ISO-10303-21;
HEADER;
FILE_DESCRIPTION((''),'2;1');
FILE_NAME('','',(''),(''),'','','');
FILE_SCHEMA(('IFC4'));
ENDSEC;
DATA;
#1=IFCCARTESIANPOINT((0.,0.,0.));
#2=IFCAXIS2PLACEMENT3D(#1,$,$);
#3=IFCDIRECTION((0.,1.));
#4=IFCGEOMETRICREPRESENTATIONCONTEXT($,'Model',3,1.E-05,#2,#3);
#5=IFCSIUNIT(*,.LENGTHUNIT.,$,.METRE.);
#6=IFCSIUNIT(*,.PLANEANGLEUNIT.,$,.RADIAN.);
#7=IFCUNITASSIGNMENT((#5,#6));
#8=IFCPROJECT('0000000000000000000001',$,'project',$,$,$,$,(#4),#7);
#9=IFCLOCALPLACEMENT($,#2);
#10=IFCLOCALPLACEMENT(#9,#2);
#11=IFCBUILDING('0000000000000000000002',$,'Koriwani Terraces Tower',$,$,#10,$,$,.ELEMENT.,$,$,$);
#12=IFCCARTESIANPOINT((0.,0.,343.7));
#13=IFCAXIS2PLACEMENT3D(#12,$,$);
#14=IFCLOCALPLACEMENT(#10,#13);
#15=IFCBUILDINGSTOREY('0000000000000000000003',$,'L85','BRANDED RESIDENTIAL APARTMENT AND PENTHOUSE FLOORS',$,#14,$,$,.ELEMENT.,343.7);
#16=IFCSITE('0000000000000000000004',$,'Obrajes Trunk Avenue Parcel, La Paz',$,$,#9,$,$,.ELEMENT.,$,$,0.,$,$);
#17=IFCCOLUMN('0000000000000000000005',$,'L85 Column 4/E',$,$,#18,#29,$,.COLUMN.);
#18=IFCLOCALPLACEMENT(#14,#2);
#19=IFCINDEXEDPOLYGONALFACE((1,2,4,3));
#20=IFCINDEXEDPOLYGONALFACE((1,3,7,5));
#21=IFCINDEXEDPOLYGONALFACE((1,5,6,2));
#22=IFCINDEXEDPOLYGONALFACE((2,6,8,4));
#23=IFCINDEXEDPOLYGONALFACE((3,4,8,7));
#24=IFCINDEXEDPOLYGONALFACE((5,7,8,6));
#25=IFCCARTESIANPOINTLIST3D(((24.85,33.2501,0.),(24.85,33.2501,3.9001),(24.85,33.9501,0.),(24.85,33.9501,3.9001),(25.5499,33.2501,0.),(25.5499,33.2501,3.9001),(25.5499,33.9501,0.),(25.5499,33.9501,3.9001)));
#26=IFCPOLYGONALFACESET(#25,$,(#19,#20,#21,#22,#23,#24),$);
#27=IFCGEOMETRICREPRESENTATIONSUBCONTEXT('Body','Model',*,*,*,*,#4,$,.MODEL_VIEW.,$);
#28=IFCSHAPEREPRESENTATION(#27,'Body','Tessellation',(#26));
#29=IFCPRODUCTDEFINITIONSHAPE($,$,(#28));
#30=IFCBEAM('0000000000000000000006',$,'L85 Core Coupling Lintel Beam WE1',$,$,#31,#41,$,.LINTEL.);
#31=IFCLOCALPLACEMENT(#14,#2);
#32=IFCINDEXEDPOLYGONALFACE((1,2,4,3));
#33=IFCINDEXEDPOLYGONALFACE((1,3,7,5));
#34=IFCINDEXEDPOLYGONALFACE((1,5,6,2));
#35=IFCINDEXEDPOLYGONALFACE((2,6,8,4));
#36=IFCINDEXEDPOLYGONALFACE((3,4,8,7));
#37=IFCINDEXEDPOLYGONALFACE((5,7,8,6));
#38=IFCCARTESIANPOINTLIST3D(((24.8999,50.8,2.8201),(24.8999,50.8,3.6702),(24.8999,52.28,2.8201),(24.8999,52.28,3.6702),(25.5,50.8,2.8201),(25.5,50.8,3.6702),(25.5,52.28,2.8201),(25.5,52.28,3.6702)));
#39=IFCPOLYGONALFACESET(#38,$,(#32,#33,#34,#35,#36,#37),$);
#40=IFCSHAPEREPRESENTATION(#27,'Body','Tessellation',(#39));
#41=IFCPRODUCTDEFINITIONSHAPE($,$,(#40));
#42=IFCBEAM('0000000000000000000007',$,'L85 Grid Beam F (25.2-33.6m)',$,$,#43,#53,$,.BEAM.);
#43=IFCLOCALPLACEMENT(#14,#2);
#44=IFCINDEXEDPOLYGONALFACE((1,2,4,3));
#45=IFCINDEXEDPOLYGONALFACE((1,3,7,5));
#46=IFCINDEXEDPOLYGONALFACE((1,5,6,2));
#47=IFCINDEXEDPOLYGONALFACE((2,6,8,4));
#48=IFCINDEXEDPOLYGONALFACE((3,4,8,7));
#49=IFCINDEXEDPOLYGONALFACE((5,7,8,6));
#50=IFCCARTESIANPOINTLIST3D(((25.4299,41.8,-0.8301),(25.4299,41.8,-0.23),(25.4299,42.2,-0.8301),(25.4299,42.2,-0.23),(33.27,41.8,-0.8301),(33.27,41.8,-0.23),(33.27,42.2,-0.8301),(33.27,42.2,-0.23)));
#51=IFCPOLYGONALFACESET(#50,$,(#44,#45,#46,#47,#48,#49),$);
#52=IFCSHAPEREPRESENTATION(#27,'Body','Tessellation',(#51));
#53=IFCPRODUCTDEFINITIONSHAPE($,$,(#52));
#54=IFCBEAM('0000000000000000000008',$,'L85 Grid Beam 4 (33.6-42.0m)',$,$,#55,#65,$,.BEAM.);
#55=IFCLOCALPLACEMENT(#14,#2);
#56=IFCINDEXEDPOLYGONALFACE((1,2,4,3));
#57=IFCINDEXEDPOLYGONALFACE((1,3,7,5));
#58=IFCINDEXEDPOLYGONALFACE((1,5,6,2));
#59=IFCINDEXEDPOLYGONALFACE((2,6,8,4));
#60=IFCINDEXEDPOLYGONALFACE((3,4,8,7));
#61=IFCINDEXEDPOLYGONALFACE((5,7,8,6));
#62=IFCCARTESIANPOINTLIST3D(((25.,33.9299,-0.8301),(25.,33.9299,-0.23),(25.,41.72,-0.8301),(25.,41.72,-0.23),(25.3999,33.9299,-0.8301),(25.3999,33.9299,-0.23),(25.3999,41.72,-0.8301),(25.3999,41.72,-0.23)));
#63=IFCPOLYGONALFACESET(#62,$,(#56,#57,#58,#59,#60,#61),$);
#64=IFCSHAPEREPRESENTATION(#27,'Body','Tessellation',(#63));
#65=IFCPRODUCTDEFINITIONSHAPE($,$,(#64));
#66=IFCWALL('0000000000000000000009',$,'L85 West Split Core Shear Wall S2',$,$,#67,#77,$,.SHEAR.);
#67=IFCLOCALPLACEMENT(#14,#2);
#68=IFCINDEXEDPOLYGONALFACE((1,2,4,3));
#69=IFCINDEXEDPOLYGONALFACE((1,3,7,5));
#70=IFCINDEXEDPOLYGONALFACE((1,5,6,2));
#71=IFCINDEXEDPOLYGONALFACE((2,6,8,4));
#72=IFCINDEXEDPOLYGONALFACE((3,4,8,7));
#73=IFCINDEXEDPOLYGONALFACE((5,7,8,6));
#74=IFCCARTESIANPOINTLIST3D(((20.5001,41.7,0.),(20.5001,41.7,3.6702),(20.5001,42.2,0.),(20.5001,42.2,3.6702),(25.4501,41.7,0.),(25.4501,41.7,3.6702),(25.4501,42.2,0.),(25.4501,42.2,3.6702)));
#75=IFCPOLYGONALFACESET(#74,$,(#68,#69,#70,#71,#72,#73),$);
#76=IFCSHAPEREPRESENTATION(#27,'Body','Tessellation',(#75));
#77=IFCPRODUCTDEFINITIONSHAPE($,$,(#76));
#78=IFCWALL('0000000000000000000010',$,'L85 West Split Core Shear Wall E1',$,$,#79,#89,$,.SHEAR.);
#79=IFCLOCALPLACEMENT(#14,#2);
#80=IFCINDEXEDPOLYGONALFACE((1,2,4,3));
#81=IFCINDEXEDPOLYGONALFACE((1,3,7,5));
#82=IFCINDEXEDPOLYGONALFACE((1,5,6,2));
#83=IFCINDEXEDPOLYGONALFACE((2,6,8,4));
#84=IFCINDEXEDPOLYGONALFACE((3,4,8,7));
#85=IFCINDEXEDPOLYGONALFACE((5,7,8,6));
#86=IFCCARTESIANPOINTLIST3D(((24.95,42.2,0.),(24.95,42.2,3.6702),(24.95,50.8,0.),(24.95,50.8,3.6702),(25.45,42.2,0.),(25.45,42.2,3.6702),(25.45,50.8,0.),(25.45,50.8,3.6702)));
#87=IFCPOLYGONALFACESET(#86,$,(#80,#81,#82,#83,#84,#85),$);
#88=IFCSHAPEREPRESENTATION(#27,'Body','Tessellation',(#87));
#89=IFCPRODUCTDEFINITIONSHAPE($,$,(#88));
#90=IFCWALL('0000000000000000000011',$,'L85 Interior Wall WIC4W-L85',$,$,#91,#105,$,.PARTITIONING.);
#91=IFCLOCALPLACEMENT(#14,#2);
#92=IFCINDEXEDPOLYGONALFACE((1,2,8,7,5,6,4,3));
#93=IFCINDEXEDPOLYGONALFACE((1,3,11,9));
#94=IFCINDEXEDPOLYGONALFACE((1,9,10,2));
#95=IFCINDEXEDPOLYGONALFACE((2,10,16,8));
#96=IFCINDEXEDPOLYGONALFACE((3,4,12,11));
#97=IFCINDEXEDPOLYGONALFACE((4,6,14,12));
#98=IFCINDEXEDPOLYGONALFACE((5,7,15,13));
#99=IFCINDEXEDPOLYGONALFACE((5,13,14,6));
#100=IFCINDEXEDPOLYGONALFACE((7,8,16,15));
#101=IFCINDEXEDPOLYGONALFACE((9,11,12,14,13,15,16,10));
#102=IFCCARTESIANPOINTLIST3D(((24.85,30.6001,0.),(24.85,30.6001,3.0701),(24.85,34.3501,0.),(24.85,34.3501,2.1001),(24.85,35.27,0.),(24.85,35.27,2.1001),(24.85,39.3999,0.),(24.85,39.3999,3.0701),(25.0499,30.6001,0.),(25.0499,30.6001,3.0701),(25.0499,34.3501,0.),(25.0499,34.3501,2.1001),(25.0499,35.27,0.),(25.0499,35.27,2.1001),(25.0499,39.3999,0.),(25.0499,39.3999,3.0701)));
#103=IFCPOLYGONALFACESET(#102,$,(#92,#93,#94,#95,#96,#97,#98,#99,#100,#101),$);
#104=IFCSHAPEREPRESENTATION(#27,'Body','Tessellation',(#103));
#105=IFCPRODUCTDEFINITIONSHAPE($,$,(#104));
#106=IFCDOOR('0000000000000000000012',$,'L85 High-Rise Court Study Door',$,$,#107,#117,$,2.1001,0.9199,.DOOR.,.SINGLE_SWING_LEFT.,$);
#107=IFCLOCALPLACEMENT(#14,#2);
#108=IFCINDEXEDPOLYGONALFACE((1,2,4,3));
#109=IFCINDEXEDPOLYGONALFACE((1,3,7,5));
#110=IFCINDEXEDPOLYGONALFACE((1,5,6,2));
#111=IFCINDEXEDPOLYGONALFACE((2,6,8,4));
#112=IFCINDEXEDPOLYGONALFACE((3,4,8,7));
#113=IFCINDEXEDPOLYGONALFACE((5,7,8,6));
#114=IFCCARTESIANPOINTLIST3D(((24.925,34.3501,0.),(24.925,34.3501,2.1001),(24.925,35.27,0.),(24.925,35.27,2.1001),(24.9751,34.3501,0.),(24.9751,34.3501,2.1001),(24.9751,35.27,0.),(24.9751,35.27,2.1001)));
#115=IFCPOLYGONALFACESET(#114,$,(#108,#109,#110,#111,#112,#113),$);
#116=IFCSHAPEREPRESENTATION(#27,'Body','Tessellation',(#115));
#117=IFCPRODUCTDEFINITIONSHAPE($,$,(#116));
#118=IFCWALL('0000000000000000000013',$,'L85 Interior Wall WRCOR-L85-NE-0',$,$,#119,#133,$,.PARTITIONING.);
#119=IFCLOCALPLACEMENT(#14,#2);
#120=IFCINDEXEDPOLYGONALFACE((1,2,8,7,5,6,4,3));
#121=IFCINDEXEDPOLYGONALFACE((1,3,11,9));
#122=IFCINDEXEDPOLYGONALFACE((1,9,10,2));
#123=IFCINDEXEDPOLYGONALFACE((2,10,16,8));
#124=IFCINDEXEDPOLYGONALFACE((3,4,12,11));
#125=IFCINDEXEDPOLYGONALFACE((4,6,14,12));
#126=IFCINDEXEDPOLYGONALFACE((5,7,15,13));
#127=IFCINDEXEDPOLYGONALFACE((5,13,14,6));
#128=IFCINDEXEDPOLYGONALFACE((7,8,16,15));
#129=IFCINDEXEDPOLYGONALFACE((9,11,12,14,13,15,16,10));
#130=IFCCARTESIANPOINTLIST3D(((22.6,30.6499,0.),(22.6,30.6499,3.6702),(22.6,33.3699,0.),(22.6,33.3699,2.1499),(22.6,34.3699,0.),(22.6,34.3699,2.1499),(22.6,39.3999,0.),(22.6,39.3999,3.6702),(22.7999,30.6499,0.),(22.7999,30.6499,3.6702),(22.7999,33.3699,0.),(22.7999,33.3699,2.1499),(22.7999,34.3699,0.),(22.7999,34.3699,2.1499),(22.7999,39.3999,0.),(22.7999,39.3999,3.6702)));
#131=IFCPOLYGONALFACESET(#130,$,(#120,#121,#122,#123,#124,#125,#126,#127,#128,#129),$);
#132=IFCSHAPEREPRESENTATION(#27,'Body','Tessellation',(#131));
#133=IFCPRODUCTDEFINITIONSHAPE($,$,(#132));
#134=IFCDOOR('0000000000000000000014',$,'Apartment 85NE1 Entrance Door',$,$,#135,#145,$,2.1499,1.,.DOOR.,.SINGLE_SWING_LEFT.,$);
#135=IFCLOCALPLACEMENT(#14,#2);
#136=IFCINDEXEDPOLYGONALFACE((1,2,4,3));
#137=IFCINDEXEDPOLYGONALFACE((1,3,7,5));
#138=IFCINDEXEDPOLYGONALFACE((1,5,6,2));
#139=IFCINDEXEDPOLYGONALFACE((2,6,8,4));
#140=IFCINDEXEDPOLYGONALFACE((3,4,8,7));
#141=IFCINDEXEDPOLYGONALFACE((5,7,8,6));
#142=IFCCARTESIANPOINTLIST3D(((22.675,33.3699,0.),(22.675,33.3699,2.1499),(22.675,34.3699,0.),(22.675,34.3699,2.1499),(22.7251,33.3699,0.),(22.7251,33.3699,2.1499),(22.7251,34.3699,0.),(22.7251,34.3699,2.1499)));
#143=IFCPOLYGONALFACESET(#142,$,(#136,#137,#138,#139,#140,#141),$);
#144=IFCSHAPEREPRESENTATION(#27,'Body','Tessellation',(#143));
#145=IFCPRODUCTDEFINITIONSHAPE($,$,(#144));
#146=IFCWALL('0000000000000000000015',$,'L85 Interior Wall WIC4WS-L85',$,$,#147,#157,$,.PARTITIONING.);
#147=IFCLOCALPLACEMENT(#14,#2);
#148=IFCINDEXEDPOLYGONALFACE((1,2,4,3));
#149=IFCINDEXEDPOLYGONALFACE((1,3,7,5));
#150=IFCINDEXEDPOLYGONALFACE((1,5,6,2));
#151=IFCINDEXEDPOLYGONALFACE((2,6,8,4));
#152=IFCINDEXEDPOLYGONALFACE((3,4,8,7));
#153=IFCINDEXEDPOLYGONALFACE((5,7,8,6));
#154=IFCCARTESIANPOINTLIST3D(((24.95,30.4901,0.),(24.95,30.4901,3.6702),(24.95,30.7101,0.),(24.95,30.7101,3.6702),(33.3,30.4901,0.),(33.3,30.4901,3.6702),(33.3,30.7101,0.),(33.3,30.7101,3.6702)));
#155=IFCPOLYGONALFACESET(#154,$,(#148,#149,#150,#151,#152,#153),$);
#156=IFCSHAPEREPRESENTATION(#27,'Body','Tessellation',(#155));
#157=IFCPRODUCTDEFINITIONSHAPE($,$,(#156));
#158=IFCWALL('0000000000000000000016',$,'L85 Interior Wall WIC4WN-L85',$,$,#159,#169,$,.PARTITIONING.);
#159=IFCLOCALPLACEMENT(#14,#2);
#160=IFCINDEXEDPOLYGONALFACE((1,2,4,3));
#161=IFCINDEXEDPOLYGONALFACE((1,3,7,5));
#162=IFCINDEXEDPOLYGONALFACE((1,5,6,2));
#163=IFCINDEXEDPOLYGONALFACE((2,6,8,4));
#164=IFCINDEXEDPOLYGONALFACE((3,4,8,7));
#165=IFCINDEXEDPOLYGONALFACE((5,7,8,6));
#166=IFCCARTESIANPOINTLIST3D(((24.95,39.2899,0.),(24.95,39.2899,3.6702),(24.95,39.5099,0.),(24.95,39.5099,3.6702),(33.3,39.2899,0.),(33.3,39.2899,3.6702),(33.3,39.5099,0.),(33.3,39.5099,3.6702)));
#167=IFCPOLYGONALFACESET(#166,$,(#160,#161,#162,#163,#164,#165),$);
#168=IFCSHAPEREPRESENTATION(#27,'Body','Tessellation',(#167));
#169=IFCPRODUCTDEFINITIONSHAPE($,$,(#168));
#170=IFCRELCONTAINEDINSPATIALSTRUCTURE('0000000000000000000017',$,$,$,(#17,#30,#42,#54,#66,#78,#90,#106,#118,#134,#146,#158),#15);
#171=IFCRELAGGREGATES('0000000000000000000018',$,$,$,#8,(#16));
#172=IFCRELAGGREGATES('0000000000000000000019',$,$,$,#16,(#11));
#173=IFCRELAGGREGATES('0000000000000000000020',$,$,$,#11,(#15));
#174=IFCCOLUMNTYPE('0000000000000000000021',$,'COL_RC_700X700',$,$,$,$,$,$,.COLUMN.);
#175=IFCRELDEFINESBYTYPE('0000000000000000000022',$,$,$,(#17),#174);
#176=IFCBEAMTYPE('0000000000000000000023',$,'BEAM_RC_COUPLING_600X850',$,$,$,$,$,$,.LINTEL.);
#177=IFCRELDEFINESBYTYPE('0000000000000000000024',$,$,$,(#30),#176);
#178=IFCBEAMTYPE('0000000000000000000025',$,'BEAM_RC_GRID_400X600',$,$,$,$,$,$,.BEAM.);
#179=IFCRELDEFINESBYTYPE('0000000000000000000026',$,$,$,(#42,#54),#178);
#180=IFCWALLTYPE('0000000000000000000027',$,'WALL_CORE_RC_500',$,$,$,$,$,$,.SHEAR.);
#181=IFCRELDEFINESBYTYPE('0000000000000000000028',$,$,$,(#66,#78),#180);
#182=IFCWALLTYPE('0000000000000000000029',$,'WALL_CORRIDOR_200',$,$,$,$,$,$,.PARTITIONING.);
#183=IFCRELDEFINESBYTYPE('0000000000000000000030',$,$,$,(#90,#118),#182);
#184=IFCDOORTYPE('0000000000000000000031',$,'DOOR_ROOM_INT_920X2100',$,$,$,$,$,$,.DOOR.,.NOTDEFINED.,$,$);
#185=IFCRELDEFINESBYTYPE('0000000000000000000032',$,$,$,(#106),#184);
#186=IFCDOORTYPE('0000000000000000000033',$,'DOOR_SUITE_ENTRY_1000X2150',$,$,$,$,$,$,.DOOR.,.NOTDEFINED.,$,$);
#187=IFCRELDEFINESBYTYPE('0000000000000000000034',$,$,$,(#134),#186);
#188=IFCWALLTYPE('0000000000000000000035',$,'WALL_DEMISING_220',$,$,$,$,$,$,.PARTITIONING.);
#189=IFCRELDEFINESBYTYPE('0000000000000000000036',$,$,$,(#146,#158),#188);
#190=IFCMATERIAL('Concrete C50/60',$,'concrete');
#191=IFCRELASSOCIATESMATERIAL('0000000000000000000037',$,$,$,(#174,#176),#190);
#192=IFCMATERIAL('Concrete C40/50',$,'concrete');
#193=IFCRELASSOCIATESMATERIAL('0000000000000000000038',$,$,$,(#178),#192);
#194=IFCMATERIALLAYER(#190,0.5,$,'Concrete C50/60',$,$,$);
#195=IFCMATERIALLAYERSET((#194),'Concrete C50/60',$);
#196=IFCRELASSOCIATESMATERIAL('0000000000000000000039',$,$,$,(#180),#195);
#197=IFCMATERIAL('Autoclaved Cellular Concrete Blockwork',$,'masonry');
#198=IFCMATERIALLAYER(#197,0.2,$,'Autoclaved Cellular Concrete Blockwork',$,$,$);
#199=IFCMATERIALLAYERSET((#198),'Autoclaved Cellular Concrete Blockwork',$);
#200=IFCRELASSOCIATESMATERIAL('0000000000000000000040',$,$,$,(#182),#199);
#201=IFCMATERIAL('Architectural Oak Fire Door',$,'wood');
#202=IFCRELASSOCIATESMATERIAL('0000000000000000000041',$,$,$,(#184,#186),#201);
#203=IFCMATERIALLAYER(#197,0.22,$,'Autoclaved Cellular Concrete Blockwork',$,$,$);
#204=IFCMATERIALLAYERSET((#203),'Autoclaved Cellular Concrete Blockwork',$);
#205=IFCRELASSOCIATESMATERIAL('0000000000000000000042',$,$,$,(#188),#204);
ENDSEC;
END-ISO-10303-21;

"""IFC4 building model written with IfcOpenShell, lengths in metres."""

from ifc_helpers import new_model, si_unit, direction, frame, frame_2d, origin, origin_2d, place, context, subcontext, project, spatial, rectangle, extrude, material, layer, layer_set, material_profile, profile_set, type_object, element, fill, save


model = new_model("IFC4")

# Units and contexts
model_context = context("Model", 3, precision=1e-05, world=origin(), true_north=direction((0.0, 1.0)))
body_context = subcontext(model_context, "Body", "Model", "MODEL_VIEW")
ifc_project = project(units=[si_unit("LENGTHUNIT", "METRE"), si_unit("PLANEANGLEUNIT", "RADIAN")], contexts=[model_context])

# Site, building, storey
site_placement = place(None, origin())
site = spatial("IfcSite", under=ifc_project, at=site_placement, Name="Obrajes Trunk Avenue Parcel, La Paz", CompositionType="ELEMENT", RefElevation=0.0)
building_placement = place(site_placement, origin())
building = spatial("IfcBuilding", under=site, at=building_placement, Name="Koriwani Terraces Tower", CompositionType="ELEMENT")
storey_placement = place(building_placement, frame((0.0, 0.0, 343.7)))
storey = spatial("IfcBuildingStorey", under=building, at=storey_placement, Name="L85", Description="BRANDED RESIDENTIAL APARTMENT AND PENTHOUSE FLOORS", CompositionType="ELEMENT", Elevation=343.7)

# Column
ifc_material_1 = material(Name="Concrete C50/60", Category="concrete")
ifc_material_profile_1 = material_profile(ifc_material_1, rectangle(XDim=0.7, YDim=0.7, at=origin_2d()), Name="Concrete C50/60", Category="LoadBearing")
ifc_profile_set_1 = profile_set([ifc_material_profile_1], Name="Concrete C50/60")
column_type = type_object("IfcColumnType", Name="COL_RC_700X700", PredefinedType="COLUMN", material=ifc_profile_set_1)
column_placement = place(storey_placement, frame((25.2, 33.6001, 0.0), z_axis=(0.0, 0.0, 1.0), x_axis=(1.0, 0.0, 0.0)))
element("IfcColumn", 1, at=column_placement, inside=storey, type_object=column_type, Name="L85 Column 4/E", PredefinedType="COLUMN", context=body_context, shape_type="SweptSolid", body=[
    extrude(rectangle(XDim=0.7, YDim=0.7, at=origin_2d()), origin(), (0.0, 0.0, 1.0), 3.9001),
])

# Beams
ifc_material_profile_2 = material_profile(ifc_material_1, rectangle(XDim=0.6001, YDim=0.8501, at=origin_2d()), Name="Concrete C50/60", Category="LoadBearing")
ifc_profile_set_2 = profile_set([ifc_material_profile_2], Name="Concrete C50/60")
beam_type_1 = type_object("IfcBeamType", Name="BEAM_RC_COUPLING_600X850", PredefinedType="LINTEL", material=ifc_profile_set_2)
beam_1_placement = place(storey_placement, frame((25.2, 50.8, 3.2451), z_axis=(0.0, 1.0, 0.0), x_axis=(-1.0, 0.0, 0.0)))
element("IfcBeam", 2, at=beam_1_placement, inside=storey, type_object=beam_type_1, Name="L85 Core Coupling Lintel Beam WE1", PredefinedType="LINTEL", context=body_context, shape_type="SweptSolid", body=[
    extrude(rectangle(XDim=0.6001, YDim=0.8501, at=origin_2d()), origin(), (0.0, 0.0, 1.0), 1.48),
])
ifc_material_2 = material(Name="Concrete C40/50", Category="concrete")
ifc_material_profile_3 = material_profile(ifc_material_2, rectangle(XDim=0.3999, YDim=0.6001, at=origin_2d()), Name="Concrete C40/50", Category="LoadBearing")
ifc_profile_set_3 = profile_set([ifc_material_profile_3], Name="Concrete C40/50")
beam_type_2 = type_object("IfcBeamType", Name="BEAM_RC_GRID_400X600", PredefinedType="BEAM", material=ifc_profile_set_3)
beam_2_placement = place(storey_placement, frame((25.4299, 42.0, -0.53), z_axis=(1.0, 0.0, 0.0), x_axis=(0.0, 1.0, 0.0)))
element("IfcBeam", 3, at=beam_2_placement, inside=storey, type_object=beam_type_2, Name="L85 Grid Beam F (25.2-33.6m)", PredefinedType="BEAM", context=body_context, shape_type="SweptSolid", body=[
    extrude(rectangle(XDim=0.3999, YDim=0.6001, at=origin_2d()), origin(), (0.0, 0.0, 1.0), 7.8401),
])
beam_3_placement = place(storey_placement, frame((25.2, 33.9299, -0.53), z_axis=(0.0, 1.0, 0.0), x_axis=(-1.0, 0.0, 0.0)))
element("IfcBeam", 4, at=beam_3_placement, inside=storey, type_object=beam_type_2, Name="L85 Grid Beam 4 (33.6-42.0m)", PredefinedType="BEAM", context=body_context, shape_type="SweptSolid", body=[
    extrude(rectangle(XDim=0.3999, YDim=0.6001, at=origin_2d()), origin(), (0.0, 0.0, 1.0), 7.79),
])

# Walls
ifc_layer_1 = layer(ifc_material_1, 0.5, Name="Concrete C50/60")
ifc_layer_set_1 = layer_set([ifc_layer_1], Name="Concrete C50/60")
wall_type_1 = type_object("IfcWallType", Name="WALL_CORE_RC_500", PredefinedType="SHEAR", material=ifc_layer_set_1)
wall_1_placement = place(storey_placement, frame((20.5, 41.95, 0.0), z_axis=(0.0, 0.0, 1.0), x_axis=(1.0, 0.0, 0.0)))
element("IfcWall", 5, at=wall_1_placement, inside=storey, type_object=wall_type_1, Name="L85 West Split Core Shear Wall S2", PredefinedType="SHEAR", context=body_context, shape_type="SweptSolid", body=[
    extrude(rectangle(XDim=4.95, YDim=0.5, at=frame_2d((2.4751, 0.0))), origin(), (0.0, 0.0, 1.0), 3.6702),
])
wall_2_placement = place(storey_placement, frame((25.2, 42.2, 0.0), z_axis=(0.0, 0.0, 1.0), x_axis=(0.0, 1.0, 0.0)))
element("IfcWall", 6, at=wall_2_placement, inside=storey, type_object=wall_type_1, Name="L85 West Split Core Shear Wall E1", PredefinedType="SHEAR", context=body_context, shape_type="SweptSolid", body=[
    extrude(rectangle(XDim=8.6001, YDim=0.5, at=frame_2d((4.3, 0.0))), origin(), (0.0, 0.0, 1.0), 3.6702),
])

# Walls, openings, doors
ifc_material_3 = material(Name="Autoclaved Cellular Concrete Blockwork", Category="masonry")
ifc_layer_2 = layer(ifc_material_3, 0.2, Name="Autoclaved Cellular Concrete Blockwork")
ifc_layer_set_2 = layer_set([ifc_layer_2], Name="Autoclaved Cellular Concrete Blockwork")
wall_type_2 = type_object("IfcWallType", Name="WALL_CORRIDOR_200", PredefinedType="PARTITIONING", material=ifc_layer_set_2)
wall_3_placement = place(storey_placement, frame((24.95, 30.6001, 0.0), z_axis=(0.0, 0.0, 1.0), x_axis=(0.0, 1.0, 0.0)))
wall_3 = element("IfcWall", 7, at=wall_3_placement, inside=storey, type_object=wall_type_2, Name="L85 Interior Wall WIC4W-L85", PredefinedType="PARTITIONING", context=body_context, shape_type="SweptSolid", body=[
    extrude(rectangle(XDim=8.7998, YDim=0.2, at=frame_2d((4.3999, 0.0))), origin(), (0.0, 0.0, 1.0), 3.0701),
])
opening_1_placement = place(wall_3_placement, frame((3.75, 0.0, 0.0)))
opening_1 = element("IfcOpeningElement", 8, at=opening_1_placement, cuts=wall_3, PredefinedType="OPENING", context=body_context, shape_type="SweptSolid", body=[
    extrude(rectangle(XDim=0.9199, YDim=2.1001, at=frame_2d((0.46, 1.05))), frame((0.0, 0.1099, 0.0), z_axis=(0.0, -1.0, 0.0), x_axis=(1.0, 0.0, 0.0)), (0.0, 0.0, 1.0), 0.22),
])
ifc_material_4 = material(Name="Architectural Oak Fire Door", Category="wood")
door_type_1 = type_object("IfcDoorType", Name="DOOR_ROOM_INT_920X2100", OperationType="NOTDEFINED", PredefinedType="DOOR", material=ifc_material_4)
door_1_placement = place(opening_1_placement, origin())
door_1 = element("IfcDoor", 9, at=door_1_placement, inside=storey, type_object=door_type_1, Name="L85 High-Rise Court Study Door", OperationType="SINGLE_SWING_LEFT", OverallHeight=2.1001, OverallWidth=0.9199, PredefinedType="DOOR", context=body_context, shape_type="SweptSolid", body=[
    extrude(rectangle(XDim=0.9199, YDim=2.1001, at=frame_2d((0.46, 1.05))), frame((0.0, 0.0249, 0.0), z_axis=(0.0, -1.0, 0.0), x_axis=(1.0, 0.0, 0.0)), (0.0, 0.0, 1.0), 0.05),
])
fill(opening_1, door_1)
wall_4_placement = place(storey_placement, frame((22.7, 30.6499, 0.0), z_axis=(0.0, 0.0, 1.0), x_axis=(0.0, 1.0, 0.0)))
wall_4 = element("IfcWall", 10, at=wall_4_placement, inside=storey, type_object=wall_type_2, Name="L85 Interior Wall WRCOR-L85-NE-0", PredefinedType="PARTITIONING", context=body_context, shape_type="SweptSolid", body=[
    extrude(rectangle(XDim=8.75, YDim=0.2, at=frame_2d((4.375, 0.0))), origin(), (0.0, 0.0, 1.0), 3.6702),
])
opening_2_placement = place(wall_4_placement, frame((2.72, 0.0, 0.0)))
opening_2 = element("IfcOpeningElement", 11, at=opening_2_placement, cuts=wall_4, PredefinedType="OPENING", context=body_context, shape_type="SweptSolid", body=[
    extrude(rectangle(XDim=1.0, YDim=2.1499, at=frame_2d((0.5, 1.075))), frame((0.0, 0.1099, 0.0), z_axis=(0.0, -1.0, 0.0), x_axis=(1.0, 0.0, 0.0)), (0.0, 0.0, 1.0), 0.22),
])
door_type_2 = type_object("IfcDoorType", Name="DOOR_SUITE_ENTRY_1000X2150", OperationType="NOTDEFINED", PredefinedType="DOOR", material=ifc_material_4)
door_2_placement = place(opening_2_placement, origin())
door_2 = element("IfcDoor", 12, at=door_2_placement, inside=storey, type_object=door_type_2, Name="Apartment 85NE1 Entrance Door", OperationType="SINGLE_SWING_LEFT", OverallHeight=2.1499, OverallWidth=1.0, PredefinedType="DOOR", context=body_context, shape_type="SweptSolid", body=[
    extrude(rectangle(XDim=1.0, YDim=2.1499, at=frame_2d((0.5, 1.075))), frame((0.0, 0.0249, 0.0), z_axis=(0.0, -1.0, 0.0), x_axis=(1.0, 0.0, 0.0)), (0.0, 0.0, 1.0), 0.05),
])
fill(opening_2, door_2)

# Walls
ifc_layer_3 = layer(ifc_material_3, 0.22, Name="Autoclaved Cellular Concrete Blockwork")
ifc_layer_set_3 = layer_set([ifc_layer_3], Name="Autoclaved Cellular Concrete Blockwork")
wall_type_3 = type_object("IfcWallType", Name="WALL_DEMISING_220", PredefinedType="PARTITIONING", material=ifc_layer_set_3)
for number, where, z_axis, x_axis, name in (
    (13, (24.95, 30.6001, 0.0), (0.0, 0.0, 1.0), (1.0, 0.0, 0.0), "L85 Interior Wall WIC4WS-L85"),
    (14, (24.95, 39.3999, 0.0), (0.0, 0.0, 1.0), (1.0, 0.0, 0.0), "L85 Interior Wall WIC4WN-L85"),
):
    element("IfcWall", number, at=place(storey_placement, frame(where, z_axis=z_axis, x_axis=x_axis)), inside=storey, type_object=wall_type_3, Name=name, PredefinedType="PARTITIONING", context=body_context, shape_type="SweptSolid", body=[
        extrude(rectangle(XDim=8.3501, YDim=0.22, at=frame_2d((4.175, 0.0))), origin(), (0.0, 0.0, 1.0), 3.6702),
    ])

save(model, "model.ifc")
